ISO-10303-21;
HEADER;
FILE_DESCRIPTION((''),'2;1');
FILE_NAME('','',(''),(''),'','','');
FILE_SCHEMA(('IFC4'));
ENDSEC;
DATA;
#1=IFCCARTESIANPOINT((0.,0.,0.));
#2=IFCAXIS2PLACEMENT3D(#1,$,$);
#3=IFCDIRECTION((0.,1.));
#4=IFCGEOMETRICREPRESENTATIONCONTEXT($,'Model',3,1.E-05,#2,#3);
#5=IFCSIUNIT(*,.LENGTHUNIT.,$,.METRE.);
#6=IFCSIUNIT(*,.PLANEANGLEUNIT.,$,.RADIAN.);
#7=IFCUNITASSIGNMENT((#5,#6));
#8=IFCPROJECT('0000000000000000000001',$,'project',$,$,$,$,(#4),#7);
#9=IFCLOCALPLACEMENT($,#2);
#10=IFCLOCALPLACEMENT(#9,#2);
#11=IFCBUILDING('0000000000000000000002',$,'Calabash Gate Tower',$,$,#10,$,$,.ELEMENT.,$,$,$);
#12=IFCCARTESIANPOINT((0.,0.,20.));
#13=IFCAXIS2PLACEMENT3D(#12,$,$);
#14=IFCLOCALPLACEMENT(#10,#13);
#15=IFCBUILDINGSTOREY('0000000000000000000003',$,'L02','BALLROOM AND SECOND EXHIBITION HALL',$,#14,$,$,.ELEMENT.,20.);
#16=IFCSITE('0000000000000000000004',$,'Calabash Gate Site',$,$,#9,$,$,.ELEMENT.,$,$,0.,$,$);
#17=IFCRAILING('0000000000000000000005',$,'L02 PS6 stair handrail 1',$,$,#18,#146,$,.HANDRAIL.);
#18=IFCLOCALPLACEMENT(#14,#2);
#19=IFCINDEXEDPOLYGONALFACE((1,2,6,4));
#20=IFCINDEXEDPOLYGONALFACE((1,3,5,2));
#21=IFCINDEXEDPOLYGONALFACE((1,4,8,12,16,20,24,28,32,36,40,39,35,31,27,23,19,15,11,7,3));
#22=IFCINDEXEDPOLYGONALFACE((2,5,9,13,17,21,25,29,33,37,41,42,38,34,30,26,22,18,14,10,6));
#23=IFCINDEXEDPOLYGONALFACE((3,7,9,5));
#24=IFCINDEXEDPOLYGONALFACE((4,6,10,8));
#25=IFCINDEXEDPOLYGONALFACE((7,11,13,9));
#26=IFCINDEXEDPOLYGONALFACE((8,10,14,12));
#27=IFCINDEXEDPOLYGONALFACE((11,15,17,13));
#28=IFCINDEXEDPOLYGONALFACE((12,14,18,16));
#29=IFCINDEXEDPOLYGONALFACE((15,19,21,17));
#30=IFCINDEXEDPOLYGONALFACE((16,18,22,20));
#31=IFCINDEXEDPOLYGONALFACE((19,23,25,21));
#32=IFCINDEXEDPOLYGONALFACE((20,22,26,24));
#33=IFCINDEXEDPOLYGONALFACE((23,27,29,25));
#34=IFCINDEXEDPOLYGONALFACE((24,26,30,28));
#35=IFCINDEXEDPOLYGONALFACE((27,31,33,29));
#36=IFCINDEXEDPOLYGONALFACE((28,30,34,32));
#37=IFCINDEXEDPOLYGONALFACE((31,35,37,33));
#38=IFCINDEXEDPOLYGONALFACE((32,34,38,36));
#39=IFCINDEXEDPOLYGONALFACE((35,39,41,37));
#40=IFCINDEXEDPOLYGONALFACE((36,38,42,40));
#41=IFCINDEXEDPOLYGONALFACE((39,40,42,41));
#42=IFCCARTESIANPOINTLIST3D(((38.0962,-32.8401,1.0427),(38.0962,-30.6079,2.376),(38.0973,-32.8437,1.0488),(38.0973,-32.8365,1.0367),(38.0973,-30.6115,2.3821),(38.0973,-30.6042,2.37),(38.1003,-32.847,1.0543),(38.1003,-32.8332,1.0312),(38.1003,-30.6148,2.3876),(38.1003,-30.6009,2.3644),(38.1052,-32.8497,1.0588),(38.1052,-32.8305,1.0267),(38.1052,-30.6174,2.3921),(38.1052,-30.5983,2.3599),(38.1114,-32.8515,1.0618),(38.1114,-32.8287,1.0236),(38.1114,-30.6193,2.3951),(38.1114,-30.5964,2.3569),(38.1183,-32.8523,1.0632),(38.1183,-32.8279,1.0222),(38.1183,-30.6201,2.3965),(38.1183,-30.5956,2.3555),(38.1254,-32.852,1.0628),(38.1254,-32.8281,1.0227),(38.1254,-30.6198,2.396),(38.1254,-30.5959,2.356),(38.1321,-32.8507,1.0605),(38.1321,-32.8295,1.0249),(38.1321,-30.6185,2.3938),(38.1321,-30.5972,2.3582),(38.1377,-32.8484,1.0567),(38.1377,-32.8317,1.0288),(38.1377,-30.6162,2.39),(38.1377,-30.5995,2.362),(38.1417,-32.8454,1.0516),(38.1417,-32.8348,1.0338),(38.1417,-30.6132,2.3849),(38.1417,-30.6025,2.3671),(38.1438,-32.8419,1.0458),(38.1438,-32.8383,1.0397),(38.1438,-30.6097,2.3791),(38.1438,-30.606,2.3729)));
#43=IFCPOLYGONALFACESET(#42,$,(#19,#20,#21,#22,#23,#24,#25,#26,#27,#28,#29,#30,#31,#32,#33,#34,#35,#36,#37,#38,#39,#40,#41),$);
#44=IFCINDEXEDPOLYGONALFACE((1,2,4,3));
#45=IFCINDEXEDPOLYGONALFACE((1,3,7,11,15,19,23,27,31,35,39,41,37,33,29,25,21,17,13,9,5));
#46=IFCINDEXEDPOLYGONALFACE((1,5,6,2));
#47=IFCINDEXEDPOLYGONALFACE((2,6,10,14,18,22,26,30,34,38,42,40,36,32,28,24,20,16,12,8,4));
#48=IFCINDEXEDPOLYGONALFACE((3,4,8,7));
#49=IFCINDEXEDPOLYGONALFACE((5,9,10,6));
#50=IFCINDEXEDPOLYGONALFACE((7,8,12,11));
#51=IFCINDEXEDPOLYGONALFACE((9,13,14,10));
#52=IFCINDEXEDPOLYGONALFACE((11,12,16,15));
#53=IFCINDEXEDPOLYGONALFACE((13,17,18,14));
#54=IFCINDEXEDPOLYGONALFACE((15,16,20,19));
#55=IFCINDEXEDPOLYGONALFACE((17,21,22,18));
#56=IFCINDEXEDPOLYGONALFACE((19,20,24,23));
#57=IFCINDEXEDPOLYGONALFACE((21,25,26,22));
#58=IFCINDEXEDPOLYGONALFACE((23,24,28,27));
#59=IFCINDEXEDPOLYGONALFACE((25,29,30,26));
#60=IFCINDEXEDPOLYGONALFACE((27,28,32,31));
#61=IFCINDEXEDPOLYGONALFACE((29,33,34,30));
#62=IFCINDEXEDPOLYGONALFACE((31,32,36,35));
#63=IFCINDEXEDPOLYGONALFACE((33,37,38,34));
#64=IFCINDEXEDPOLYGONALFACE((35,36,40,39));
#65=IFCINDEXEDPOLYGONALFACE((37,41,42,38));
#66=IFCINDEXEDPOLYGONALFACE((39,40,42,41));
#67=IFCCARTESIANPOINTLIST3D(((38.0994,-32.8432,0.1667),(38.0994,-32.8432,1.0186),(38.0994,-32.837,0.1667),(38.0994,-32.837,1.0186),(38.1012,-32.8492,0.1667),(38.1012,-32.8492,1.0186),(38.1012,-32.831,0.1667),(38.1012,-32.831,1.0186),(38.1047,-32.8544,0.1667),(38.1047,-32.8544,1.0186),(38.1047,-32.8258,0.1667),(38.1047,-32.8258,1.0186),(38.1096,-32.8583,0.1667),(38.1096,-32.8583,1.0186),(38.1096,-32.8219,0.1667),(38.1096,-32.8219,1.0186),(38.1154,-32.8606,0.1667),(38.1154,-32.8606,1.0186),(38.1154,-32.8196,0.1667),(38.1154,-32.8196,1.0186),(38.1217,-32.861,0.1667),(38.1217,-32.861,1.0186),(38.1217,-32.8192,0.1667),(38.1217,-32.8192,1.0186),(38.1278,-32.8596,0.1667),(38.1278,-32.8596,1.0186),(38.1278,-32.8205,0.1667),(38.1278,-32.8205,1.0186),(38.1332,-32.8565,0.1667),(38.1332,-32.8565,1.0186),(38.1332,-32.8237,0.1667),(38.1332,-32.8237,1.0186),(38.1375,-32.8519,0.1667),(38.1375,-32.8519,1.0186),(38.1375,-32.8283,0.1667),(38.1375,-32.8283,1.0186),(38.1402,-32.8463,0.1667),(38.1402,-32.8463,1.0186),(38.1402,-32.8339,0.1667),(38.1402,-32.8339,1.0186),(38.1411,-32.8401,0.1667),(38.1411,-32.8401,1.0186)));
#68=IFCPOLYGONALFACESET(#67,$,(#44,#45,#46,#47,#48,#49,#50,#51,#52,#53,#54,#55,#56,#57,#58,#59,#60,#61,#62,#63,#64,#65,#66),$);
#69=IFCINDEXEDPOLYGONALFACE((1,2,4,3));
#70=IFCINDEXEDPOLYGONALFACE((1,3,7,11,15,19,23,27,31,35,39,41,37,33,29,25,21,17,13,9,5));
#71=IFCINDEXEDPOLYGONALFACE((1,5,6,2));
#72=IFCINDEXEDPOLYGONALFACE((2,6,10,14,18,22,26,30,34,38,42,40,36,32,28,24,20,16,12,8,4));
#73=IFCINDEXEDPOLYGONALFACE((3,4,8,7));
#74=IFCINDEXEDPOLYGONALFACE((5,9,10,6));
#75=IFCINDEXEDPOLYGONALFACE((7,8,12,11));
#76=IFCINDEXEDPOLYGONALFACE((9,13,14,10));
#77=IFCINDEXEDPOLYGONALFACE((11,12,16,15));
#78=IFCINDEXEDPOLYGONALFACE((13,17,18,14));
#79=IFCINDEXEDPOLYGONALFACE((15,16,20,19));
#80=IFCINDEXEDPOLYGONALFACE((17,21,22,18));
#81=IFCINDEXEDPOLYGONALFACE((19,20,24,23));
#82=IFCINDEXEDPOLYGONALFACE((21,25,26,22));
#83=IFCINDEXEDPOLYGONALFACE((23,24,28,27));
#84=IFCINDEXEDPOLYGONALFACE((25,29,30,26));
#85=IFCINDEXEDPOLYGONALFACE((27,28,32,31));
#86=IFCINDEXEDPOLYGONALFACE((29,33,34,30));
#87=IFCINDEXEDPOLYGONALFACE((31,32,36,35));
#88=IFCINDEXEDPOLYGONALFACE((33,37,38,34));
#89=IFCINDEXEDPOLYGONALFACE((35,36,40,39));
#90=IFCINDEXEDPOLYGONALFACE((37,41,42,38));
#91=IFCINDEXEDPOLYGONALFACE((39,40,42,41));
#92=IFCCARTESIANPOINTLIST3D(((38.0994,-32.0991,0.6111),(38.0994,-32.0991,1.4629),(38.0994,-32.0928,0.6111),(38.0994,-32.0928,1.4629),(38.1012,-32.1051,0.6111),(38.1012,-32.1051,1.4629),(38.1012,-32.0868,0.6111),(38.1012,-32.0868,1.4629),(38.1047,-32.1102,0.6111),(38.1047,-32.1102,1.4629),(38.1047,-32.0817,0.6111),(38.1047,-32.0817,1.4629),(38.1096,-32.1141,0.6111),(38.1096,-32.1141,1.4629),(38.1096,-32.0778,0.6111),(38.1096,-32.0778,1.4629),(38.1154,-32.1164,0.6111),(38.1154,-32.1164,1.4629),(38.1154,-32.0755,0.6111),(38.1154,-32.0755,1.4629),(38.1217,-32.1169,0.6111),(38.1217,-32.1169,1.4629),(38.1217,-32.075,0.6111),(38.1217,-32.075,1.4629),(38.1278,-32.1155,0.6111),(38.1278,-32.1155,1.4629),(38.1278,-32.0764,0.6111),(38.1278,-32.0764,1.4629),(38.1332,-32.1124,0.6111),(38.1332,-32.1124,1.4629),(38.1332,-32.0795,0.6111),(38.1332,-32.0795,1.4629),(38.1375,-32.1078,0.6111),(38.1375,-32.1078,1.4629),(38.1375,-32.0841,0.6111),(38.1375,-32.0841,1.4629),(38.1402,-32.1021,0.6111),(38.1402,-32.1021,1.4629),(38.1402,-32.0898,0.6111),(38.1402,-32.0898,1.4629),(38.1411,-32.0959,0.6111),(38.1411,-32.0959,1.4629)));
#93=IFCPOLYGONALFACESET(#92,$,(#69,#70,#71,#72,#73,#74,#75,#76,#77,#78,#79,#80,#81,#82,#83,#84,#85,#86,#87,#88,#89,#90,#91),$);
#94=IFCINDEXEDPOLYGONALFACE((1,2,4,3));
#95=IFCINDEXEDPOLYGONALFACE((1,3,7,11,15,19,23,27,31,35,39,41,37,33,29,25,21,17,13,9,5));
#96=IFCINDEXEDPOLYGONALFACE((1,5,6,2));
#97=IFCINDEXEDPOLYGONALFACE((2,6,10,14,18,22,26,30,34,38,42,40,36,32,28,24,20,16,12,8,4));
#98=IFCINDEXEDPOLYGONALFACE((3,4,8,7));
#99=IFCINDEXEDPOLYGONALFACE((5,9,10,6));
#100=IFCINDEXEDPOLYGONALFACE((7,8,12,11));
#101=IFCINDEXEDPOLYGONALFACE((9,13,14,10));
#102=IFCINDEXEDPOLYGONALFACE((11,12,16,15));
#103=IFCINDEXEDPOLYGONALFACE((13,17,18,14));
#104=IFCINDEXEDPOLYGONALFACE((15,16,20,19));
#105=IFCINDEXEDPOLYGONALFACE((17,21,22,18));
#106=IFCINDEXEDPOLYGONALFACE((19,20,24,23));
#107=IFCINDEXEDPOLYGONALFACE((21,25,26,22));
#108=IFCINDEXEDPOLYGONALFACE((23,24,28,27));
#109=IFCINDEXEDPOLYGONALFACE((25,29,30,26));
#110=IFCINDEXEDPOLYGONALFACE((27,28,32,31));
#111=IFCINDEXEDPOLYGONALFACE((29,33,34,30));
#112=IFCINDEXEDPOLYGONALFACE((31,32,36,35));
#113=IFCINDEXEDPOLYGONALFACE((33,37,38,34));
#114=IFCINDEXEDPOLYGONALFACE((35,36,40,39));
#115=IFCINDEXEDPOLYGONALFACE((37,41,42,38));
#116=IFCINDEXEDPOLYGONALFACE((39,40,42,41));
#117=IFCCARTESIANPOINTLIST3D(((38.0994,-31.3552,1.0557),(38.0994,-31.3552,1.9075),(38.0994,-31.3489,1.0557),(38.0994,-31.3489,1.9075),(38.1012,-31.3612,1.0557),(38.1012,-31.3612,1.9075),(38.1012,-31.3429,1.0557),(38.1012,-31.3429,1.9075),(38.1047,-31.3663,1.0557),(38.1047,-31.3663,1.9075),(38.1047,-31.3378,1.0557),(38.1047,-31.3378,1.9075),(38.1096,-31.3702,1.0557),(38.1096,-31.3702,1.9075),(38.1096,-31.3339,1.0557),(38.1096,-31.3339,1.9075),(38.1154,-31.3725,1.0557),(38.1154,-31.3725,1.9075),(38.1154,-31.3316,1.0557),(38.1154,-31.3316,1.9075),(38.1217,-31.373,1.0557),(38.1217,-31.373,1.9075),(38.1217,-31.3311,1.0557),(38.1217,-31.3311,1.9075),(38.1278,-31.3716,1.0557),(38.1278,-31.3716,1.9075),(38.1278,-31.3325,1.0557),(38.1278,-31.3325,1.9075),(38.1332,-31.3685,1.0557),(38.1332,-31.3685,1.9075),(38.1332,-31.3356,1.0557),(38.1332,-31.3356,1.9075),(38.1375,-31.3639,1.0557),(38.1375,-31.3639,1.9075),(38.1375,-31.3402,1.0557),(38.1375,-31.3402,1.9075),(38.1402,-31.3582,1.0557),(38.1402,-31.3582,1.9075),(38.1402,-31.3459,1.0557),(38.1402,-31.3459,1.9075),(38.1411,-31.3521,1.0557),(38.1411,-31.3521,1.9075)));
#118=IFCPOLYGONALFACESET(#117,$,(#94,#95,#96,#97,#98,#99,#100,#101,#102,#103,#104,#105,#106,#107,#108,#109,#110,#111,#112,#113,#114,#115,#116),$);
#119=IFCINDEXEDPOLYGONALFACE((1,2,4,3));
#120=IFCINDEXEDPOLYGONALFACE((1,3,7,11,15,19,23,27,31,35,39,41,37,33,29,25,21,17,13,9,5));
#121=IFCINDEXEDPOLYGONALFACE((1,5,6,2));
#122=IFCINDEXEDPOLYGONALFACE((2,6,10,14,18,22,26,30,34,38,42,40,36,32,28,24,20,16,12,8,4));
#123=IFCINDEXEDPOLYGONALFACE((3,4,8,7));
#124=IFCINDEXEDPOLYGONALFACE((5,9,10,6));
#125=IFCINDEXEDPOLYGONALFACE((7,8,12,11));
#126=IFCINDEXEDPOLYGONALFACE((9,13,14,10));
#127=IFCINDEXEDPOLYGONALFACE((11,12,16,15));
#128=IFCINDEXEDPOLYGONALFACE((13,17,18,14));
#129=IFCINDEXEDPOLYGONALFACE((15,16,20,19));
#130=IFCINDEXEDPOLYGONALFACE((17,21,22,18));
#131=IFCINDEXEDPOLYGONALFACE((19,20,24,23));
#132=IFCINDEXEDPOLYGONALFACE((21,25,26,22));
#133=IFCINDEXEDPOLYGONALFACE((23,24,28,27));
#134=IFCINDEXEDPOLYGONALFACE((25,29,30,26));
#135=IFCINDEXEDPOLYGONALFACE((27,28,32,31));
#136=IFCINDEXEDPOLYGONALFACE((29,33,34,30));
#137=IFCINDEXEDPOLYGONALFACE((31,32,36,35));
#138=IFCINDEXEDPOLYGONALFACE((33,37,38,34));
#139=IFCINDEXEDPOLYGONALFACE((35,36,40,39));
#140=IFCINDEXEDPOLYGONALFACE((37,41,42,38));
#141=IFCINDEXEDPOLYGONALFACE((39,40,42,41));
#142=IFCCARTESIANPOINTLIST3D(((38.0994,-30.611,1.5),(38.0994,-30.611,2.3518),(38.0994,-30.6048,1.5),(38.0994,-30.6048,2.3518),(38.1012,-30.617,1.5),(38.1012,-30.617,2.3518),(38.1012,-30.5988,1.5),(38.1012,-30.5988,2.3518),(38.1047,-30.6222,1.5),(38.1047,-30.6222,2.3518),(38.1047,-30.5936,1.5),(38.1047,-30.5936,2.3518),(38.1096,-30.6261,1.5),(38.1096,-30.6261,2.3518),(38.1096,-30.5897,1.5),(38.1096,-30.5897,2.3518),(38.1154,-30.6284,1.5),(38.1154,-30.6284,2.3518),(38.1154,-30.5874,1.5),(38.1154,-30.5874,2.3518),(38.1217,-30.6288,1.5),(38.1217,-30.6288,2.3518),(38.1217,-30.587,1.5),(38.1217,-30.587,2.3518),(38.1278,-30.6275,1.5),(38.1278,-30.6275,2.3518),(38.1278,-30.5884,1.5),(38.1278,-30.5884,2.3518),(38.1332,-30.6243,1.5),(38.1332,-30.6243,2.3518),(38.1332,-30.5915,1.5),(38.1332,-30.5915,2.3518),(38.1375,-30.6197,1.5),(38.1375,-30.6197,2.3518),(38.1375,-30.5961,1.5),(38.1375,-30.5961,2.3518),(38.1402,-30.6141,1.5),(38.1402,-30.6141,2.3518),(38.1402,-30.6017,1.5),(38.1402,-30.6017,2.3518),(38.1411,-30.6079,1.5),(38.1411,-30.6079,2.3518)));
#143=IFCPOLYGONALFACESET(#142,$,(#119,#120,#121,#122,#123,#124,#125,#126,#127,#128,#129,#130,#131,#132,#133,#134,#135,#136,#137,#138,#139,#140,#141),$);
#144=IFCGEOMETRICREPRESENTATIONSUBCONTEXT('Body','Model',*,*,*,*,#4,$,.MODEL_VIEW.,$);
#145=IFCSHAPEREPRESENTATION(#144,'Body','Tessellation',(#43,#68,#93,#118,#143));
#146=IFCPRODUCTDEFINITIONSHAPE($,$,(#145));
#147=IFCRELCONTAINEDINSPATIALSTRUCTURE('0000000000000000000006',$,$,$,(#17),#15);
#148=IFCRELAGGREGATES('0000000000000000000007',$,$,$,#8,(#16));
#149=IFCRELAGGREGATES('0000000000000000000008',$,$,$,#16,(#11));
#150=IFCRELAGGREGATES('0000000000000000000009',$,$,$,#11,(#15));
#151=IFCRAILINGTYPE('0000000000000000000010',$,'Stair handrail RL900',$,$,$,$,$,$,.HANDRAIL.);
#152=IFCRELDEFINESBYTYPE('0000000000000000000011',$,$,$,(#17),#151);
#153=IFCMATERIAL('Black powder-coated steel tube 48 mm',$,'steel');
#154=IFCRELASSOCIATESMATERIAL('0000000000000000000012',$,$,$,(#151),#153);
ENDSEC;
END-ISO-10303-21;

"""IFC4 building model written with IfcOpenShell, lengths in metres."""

from ifc_helpers import new_model, si_unit, direction, frame, origin, origin_2d, place, context, subcontext, project, spatial, circle, extrude, material, type_object, element, save


model = new_model("IFC4")

# Units and contexts
model_context = context("Model", 3, precision=1e-05, world=origin(), true_north=direction((0.0, 1.0)))
body_context = subcontext(model_context, "Body", "Model", "MODEL_VIEW")
ifc_project = project(units=[si_unit("LENGTHUNIT", "METRE"), si_unit("PLANEANGLEUNIT", "RADIAN")], contexts=[model_context])

# Site, building, storey
site_placement = place(None, origin())
site = spatial("IfcSite", under=ifc_project, at=site_placement, Name="Calabash Gate Site", CompositionType="ELEMENT", RefElevation=0.0)
building_placement = place(site_placement, origin())
building = spatial("IfcBuilding", under=site, at=building_placement, Name="Calabash Gate Tower", CompositionType="ELEMENT")
storey_placement = place(building_placement, frame((0.0, 0.0, 20.0)))
storey = spatial("IfcBuildingStorey", under=building, at=storey_placement, Name="L02", Description="BALLROOM AND SECOND EXHIBITION HALL", CompositionType="ELEMENT", Elevation=20.0)

# Railing
ifc_material_1 = material(Name="Black powder-coated steel tube 48 mm", Category="steel")
railing_type_1 = type_object("IfcRailingType", Name="Stair handrail RL900", PredefinedType="HANDRAIL", material=ifc_material_1)
for number, where, name in (
    (1, (38.1201, -32.8401, 0.1667), "L02 PS6 stair handrail 1"),
):
    element("IfcRailing", number, at=place(storey_placement, frame(where)), inside=storey, type_object=railing_type_1, Name=name, PredefinedType="HANDRAIL", context=body_context, shape_type="SweptSolid", body=[
        extrude(circle(Radius=0.0239, at=origin_2d()), frame((0.0, 0.0, 0.876), z_axis=(0.0, 0.858519, 0.512782), x_axis=(-1.0, 0.0, 0.0)), (0.0, 0.0, 1.0), 2.6001),
        extrude(circle(Radius=0.021, at=origin_2d()), origin(), (0.0, 0.0, 1.0), 0.8518),
        extrude(circle(Radius=0.021, at=origin_2d()), frame((0.0, 0.7441, 0.4443)), (0.0, 0.0, 1.0), 0.8518),
        extrude(circle(Radius=0.021, at=origin_2d()), frame((0.0, 1.488, 0.8889)), (0.0, 0.0, 1.0), 0.8518),
        extrude(circle(Radius=0.021, at=origin_2d()), frame((0.0, 2.2322, 1.3333)), (0.0, 0.0, 1.0), 0.8518),
    ])

save(model, "model.ifc")
